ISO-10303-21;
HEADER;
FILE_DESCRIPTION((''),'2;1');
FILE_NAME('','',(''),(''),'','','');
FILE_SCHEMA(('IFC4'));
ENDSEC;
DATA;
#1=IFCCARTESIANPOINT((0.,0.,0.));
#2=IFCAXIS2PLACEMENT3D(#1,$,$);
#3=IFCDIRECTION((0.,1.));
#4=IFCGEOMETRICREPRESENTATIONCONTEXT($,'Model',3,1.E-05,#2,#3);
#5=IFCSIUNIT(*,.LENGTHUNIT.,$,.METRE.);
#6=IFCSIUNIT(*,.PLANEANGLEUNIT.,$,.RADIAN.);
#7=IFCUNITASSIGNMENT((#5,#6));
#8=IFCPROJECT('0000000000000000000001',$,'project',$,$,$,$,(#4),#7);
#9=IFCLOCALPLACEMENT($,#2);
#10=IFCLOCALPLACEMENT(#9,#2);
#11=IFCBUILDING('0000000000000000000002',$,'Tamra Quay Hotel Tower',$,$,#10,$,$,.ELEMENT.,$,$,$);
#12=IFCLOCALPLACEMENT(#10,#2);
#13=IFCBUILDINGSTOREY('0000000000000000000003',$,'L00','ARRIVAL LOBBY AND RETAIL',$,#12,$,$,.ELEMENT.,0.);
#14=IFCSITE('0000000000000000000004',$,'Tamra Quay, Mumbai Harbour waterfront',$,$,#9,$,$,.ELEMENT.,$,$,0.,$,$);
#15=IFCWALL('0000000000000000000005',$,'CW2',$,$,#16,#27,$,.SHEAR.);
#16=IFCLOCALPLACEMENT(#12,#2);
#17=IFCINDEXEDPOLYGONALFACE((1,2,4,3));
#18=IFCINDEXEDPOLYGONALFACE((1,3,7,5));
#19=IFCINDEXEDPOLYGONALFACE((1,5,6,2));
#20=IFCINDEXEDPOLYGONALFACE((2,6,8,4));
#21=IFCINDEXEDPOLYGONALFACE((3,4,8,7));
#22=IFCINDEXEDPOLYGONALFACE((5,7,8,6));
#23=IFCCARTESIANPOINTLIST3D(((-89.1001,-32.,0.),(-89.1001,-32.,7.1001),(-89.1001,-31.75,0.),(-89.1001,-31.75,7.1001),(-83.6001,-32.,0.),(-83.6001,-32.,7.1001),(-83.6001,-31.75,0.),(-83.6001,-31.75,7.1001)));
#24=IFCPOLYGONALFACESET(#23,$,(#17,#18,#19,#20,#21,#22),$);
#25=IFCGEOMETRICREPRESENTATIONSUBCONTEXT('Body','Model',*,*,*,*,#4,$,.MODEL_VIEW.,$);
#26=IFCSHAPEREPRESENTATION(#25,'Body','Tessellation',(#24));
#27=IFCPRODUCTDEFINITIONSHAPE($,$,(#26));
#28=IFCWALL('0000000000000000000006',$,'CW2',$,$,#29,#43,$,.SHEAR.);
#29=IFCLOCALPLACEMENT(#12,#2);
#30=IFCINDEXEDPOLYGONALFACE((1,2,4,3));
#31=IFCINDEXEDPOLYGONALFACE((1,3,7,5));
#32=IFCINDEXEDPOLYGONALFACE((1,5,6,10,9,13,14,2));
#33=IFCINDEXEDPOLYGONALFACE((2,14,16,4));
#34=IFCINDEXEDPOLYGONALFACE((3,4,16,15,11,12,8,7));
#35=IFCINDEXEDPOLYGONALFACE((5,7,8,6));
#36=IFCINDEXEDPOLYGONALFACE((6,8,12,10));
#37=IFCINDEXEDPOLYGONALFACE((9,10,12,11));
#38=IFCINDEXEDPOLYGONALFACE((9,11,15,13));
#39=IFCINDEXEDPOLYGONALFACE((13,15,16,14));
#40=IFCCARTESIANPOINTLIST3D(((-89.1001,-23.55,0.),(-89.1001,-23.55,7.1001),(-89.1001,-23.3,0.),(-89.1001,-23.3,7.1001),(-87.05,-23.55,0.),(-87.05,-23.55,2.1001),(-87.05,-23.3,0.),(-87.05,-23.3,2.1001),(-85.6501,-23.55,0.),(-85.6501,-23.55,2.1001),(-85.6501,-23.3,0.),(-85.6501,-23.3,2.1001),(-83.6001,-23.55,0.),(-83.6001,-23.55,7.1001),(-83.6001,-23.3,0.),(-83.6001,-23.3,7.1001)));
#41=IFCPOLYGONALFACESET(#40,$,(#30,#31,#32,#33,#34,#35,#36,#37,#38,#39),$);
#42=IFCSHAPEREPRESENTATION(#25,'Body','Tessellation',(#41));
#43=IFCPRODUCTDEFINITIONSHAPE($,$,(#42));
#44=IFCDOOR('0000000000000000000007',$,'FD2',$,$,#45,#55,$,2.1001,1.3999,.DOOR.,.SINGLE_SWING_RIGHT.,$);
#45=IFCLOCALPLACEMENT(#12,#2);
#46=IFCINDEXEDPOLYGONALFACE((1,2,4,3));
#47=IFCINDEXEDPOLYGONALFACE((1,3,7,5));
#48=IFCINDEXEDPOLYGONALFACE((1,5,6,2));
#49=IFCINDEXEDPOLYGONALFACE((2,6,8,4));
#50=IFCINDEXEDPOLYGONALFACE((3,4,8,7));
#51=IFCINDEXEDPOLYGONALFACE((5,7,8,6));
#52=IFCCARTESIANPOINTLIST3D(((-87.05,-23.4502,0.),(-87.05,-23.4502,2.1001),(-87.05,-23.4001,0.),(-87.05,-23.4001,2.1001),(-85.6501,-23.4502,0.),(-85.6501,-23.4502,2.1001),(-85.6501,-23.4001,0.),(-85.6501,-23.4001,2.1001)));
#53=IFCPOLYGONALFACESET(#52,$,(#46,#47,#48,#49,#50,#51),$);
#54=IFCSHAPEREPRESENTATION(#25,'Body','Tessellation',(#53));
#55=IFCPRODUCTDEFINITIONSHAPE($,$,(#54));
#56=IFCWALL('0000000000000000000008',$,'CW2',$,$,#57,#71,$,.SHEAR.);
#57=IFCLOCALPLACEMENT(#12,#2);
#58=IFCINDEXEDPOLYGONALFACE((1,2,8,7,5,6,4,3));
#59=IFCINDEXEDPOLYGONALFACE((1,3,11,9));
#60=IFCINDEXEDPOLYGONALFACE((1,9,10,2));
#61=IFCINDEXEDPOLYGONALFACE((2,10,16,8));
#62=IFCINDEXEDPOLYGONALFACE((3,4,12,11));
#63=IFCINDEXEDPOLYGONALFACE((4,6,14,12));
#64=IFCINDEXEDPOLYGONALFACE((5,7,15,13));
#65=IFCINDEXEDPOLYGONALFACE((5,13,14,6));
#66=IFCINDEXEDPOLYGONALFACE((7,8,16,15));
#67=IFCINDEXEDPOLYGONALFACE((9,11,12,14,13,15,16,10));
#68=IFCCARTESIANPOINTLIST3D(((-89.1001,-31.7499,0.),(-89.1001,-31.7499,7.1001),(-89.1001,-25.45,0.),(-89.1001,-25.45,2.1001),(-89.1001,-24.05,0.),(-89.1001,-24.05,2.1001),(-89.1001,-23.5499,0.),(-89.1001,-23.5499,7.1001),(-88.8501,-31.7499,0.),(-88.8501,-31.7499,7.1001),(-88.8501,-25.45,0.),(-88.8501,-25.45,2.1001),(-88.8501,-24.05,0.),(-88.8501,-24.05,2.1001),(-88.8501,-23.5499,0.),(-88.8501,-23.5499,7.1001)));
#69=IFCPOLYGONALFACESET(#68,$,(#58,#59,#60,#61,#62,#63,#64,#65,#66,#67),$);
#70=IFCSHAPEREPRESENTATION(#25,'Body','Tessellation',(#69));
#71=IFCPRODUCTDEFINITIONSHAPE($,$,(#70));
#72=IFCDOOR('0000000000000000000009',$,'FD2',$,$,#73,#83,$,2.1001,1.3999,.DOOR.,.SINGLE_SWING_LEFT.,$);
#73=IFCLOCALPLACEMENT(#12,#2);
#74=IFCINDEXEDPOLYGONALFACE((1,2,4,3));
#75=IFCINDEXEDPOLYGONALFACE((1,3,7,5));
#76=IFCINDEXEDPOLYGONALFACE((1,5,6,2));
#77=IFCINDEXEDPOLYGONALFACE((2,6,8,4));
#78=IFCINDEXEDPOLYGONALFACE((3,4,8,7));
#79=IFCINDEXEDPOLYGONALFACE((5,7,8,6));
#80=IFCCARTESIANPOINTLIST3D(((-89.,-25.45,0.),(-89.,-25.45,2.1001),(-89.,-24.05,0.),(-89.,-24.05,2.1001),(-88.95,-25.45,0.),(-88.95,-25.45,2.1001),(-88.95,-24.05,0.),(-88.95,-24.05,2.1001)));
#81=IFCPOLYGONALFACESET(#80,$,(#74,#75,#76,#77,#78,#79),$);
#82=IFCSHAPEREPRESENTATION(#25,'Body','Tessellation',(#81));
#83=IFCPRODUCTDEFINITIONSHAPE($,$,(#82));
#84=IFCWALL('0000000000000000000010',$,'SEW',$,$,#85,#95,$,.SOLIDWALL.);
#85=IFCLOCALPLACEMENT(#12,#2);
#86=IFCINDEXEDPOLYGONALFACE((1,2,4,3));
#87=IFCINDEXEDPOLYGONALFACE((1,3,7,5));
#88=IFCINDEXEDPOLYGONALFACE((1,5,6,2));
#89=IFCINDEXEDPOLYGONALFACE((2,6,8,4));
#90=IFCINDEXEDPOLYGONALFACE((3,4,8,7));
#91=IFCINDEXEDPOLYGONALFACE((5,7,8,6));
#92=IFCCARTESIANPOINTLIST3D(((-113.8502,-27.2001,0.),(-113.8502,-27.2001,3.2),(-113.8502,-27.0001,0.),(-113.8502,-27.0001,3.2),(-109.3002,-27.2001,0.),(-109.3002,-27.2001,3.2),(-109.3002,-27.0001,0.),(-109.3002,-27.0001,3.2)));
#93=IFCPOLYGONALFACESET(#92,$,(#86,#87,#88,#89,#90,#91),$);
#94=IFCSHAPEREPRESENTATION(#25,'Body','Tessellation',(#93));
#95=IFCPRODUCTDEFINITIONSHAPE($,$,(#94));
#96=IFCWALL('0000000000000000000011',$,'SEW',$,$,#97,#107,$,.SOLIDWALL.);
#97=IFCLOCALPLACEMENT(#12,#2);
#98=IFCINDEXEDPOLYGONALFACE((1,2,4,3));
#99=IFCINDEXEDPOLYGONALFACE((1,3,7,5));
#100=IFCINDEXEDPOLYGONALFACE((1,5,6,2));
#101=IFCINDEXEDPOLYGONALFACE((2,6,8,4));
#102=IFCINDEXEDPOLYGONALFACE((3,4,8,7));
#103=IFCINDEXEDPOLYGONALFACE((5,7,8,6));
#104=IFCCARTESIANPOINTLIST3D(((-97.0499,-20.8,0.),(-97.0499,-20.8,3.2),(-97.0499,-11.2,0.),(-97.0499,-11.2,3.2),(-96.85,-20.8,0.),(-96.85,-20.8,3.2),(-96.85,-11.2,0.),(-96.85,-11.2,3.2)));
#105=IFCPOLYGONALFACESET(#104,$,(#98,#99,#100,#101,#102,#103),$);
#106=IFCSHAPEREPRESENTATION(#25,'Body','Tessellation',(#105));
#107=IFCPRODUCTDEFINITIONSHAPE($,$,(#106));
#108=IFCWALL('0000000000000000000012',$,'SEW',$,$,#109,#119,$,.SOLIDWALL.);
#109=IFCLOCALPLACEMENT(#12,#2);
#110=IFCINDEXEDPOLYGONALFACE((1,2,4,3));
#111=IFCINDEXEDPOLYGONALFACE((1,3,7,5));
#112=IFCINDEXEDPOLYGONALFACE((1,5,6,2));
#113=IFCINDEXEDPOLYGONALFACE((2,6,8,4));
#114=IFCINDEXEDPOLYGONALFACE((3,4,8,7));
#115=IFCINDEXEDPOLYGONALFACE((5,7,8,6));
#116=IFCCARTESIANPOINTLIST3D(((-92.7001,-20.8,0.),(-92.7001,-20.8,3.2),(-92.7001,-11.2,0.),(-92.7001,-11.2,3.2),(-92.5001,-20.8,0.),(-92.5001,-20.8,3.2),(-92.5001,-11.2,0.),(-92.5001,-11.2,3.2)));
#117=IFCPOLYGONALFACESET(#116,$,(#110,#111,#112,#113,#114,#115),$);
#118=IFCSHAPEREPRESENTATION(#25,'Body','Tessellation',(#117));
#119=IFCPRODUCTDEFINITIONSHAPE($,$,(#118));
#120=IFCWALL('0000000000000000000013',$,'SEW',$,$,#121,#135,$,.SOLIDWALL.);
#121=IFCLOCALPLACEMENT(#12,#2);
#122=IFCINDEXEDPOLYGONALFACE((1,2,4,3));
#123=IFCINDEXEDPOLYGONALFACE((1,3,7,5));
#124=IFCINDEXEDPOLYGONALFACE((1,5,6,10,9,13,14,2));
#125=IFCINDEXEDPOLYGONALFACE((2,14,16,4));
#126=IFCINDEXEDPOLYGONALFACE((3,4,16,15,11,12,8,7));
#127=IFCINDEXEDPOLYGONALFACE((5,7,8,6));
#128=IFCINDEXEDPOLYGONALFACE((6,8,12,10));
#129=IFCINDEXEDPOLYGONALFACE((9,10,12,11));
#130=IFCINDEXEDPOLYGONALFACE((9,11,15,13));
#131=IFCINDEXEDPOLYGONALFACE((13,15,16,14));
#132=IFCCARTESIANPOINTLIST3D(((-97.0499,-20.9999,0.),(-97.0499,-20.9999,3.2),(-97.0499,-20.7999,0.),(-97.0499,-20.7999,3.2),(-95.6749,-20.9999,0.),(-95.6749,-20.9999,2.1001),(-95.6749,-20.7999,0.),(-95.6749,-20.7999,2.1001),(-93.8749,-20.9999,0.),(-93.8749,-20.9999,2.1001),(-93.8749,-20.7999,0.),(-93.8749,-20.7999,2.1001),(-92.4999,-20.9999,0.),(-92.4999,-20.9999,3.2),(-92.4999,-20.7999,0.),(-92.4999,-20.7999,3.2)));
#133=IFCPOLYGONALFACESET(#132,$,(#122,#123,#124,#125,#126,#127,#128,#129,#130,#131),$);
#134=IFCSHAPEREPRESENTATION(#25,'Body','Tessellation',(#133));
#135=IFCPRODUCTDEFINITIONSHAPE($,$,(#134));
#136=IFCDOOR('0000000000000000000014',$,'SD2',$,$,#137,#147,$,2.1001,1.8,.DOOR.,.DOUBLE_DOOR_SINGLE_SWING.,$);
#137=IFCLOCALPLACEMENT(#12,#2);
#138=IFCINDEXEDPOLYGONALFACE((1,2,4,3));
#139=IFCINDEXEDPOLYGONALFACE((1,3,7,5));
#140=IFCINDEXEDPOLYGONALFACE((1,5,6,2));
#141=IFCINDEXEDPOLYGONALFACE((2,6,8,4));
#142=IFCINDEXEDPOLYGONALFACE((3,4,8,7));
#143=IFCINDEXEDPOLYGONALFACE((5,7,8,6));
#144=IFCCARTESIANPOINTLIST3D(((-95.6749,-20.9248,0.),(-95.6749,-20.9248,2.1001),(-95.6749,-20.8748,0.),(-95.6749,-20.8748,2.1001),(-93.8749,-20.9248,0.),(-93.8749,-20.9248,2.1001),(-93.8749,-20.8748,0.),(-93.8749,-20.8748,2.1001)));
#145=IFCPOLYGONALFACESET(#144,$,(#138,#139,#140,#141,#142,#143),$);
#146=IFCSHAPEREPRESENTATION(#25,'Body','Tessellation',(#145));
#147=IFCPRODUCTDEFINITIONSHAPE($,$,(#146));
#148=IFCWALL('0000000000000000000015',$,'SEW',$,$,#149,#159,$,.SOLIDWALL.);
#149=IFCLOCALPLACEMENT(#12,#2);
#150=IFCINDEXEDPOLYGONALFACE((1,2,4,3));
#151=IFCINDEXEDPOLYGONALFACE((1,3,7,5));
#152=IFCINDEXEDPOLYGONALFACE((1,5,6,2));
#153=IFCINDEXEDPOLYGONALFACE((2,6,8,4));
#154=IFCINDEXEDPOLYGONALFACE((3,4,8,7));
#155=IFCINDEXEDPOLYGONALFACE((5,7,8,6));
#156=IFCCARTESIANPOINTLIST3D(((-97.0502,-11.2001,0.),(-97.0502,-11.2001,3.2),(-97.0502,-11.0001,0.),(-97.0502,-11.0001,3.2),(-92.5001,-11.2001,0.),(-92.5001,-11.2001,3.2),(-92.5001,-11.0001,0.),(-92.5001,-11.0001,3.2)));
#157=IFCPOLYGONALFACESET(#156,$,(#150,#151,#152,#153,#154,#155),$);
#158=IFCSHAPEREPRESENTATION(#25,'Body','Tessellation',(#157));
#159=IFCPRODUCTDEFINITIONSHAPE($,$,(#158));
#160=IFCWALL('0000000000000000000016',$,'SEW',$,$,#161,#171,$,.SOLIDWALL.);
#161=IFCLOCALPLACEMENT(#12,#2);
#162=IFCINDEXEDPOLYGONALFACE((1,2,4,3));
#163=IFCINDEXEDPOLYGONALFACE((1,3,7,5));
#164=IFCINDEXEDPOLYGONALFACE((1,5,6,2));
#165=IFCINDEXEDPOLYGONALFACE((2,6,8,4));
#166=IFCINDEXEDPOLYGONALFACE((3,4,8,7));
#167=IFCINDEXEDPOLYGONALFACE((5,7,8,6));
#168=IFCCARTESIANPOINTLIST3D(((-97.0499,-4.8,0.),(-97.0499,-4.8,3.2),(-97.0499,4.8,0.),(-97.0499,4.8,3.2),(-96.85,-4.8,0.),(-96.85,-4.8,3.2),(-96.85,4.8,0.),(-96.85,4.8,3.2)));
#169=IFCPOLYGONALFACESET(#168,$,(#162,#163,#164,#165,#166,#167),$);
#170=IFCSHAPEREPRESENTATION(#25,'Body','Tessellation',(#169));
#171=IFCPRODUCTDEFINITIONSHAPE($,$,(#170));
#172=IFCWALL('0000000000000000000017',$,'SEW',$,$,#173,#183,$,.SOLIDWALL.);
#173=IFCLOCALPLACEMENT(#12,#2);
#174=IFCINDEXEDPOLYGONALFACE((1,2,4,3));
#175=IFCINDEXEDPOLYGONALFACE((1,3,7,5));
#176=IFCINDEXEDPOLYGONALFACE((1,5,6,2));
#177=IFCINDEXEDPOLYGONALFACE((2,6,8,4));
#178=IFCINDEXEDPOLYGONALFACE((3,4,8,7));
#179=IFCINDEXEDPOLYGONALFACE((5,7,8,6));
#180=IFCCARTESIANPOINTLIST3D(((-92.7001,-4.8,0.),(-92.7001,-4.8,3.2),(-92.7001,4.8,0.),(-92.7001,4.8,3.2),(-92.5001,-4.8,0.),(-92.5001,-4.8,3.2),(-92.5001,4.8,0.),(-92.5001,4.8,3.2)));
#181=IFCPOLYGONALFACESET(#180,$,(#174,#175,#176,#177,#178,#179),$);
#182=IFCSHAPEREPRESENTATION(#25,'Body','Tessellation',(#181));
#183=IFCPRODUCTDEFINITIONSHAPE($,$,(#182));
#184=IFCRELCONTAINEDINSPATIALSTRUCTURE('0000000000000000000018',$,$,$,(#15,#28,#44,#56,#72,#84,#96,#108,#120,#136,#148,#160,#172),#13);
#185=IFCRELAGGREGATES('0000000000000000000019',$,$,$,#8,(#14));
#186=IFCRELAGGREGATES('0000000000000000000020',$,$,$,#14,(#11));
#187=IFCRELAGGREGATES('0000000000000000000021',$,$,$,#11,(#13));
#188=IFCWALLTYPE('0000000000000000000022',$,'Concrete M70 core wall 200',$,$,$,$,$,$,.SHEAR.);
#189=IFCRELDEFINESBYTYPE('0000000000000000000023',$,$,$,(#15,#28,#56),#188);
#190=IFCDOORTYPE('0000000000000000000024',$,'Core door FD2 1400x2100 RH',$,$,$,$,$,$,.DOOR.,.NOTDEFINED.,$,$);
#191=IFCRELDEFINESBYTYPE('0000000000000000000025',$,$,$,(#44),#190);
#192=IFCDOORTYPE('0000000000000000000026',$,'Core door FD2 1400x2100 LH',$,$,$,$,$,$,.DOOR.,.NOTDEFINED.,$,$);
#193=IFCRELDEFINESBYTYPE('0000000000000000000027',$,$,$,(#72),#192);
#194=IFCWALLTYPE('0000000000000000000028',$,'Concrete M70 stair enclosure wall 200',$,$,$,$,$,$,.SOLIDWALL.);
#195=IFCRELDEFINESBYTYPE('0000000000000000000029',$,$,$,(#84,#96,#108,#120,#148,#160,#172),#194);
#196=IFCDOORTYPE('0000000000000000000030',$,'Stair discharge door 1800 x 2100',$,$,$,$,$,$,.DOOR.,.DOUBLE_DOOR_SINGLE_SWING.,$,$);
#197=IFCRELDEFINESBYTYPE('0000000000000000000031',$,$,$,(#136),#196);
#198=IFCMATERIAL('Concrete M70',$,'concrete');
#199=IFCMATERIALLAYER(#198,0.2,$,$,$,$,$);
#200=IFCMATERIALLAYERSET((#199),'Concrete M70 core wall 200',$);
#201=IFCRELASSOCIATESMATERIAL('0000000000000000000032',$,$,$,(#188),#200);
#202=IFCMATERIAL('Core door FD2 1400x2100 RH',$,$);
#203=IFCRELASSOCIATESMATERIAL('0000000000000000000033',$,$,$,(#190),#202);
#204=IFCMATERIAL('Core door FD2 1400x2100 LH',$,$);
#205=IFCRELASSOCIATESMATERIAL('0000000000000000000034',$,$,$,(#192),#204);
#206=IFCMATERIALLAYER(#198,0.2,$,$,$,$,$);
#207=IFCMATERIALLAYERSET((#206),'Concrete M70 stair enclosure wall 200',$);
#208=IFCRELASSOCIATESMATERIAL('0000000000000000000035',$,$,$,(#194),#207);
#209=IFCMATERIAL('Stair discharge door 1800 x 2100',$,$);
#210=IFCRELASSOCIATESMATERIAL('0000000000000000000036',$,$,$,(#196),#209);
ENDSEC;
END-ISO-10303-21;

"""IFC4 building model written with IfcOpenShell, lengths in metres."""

from ifc_helpers import new_model, si_unit, direction, frame, frame_2d, origin, place, context, subcontext, project, spatial, rectangle, extrude, material, layer, layer_set, type_object, element, fill, save


model = new_model("IFC4")

# Units and contexts
model_context = context("Model", 3, precision=1e-05, world=origin(), true_north=direction((0.0, 1.0)))
body_context = subcontext(model_context, "Body", "Model", "MODEL_VIEW")
ifc_project = project(units=[si_unit("LENGTHUNIT", "METRE"), si_unit("PLANEANGLEUNIT", "RADIAN")], contexts=[model_context])

# Site, building, storey
site_placement = place(None, origin())
site = spatial("IfcSite", under=ifc_project, at=site_placement, Name="Tamra Quay, Mumbai Harbour waterfront", CompositionType="ELEMENT", RefElevation=0.0)
building_placement = place(site_placement, origin())
building = spatial("IfcBuilding", under=site, at=building_placement, Name="Tamra Quay Hotel Tower", CompositionType="ELEMENT")
storey_placement = place(building_placement, origin())
storey = spatial("IfcBuildingStorey", under=building, at=storey_placement, Name="L00", Description="ARRIVAL LOBBY AND RETAIL", CompositionType="ELEMENT", Elevation=0.0)

# Wall
ifc_material_1 = material(Name="Concrete M70", Category="concrete")
ifc_layer_1 = layer(ifc_material_1, 0.2)
ifc_layer_set_1 = layer_set([ifc_layer_1], Name="Concrete M70 core wall 200")
wall_type_1 = type_object("IfcWallType", Name="Concrete M70 core wall 200", PredefinedType="SHEAR", material=ifc_layer_set_1)
wall_1_placement = place(storey_placement, frame((-89.1001, -31.875, 0.0), z_axis=(0.0, 0.0, 1.0), x_axis=(1.0, 0.0, 0.0)))
element("IfcWall", 1, at=wall_1_placement, inside=storey, type_object=wall_type_1, Name="CW2", PredefinedType="SHEAR", context=body_context, shape_type="SweptSolid", body=[
    extrude(rectangle(XDim=5.5, YDim=0.25, at=frame_2d((2.75, 0.0))), origin(), (0.0, 0.0, 1.0), 7.1001),
])

# Walls, openings, doors
wall_2_placement = place(storey_placement, frame((-89.1001, -23.425, 0.0), z_axis=(0.0, 0.0, 1.0), x_axis=(1.0, 0.0, 0.0)))
wall_2 = element("IfcWall", 2, at=wall_2_placement, inside=storey, type_object=wall_type_1, Name="CW2", PredefinedType="SHEAR", context=body_context, shape_type="SweptSolid", body=[
    extrude(rectangle(XDim=5.5, YDim=0.25, at=frame_2d((2.75, 0.0))), origin(), (0.0, 0.0, 1.0), 7.1001),
])
opening_1_placement = place(wall_2_placement, frame((2.05, 0.0, 0.0)))
opening_1 = element("IfcOpeningElement", 3, at=opening_1_placement, cuts=wall_2, PredefinedType="OPENING", context=body_context, shape_type="SweptSolid", body=[
    extrude(rectangle(XDim=1.3999, YDim=2.1001, at=frame_2d((0.7, 1.05))), frame((0.0, 0.135, 0.0), z_axis=(0.0, -1.0, 0.0), x_axis=(1.0, 0.0, 0.0)), (0.0, 0.0, 1.0), 0.27),
])
ifc_material_2 = material(Name="Core door FD2 1400x2100 RH")
door_type_1 = type_object("IfcDoorType", Name="Core door FD2 1400x2100 RH", OperationType="NOTDEFINED", PredefinedType="DOOR", material=ifc_material_2)
door_1_placement = place(opening_1_placement, origin())
door_1 = element("IfcDoor", 4, at=door_1_placement, inside=storey, type_object=door_type_1, Name="FD2", OperationType="SINGLE_SWING_RIGHT", OverallHeight=2.1001, OverallWidth=1.3999, PredefinedType="DOOR", context=body_context, shape_type="SweptSolid", body=[
    extrude(rectangle(XDim=1.3999, YDim=2.1001, at=frame_2d((0.7, 1.05))), frame((0.0, 0.0249, 0.0), z_axis=(0.0, -1.0, 0.0), x_axis=(1.0, 0.0, 0.0)), (0.0, 0.0, 1.0), 0.05),
])
fill(opening_1, door_1)
wall_3_placement = place(storey_placement, frame((-88.9751, -31.75, 0.0), z_axis=(0.0, 0.0, 1.0), x_axis=(0.0, 1.0, 0.0)))
wall_3 = element("IfcWall", 5, at=wall_3_placement, inside=storey, type_object=wall_type_1, Name="CW2", PredefinedType="SHEAR", context=body_context, shape_type="SweptSolid", body=[
    extrude(rectangle(XDim=8.2, YDim=0.25, at=frame_2d((4.1001, 0.0))), origin(), (0.0, 0.0, 1.0), 7.1001),
])
opening_2_placement = place(wall_3_placement, frame((6.3, 0.0, 0.0)))
opening_2 = element("IfcOpeningElement", 6, at=opening_2_placement, cuts=wall_3, PredefinedType="OPENING", context=body_context, shape_type="SweptSolid", body=[
    extrude(rectangle(XDim=1.3999, YDim=2.1001, at=frame_2d((0.7, 1.05))), frame((0.0, 0.135, 0.0), z_axis=(0.0, -1.0, 0.0), x_axis=(1.0, 0.0, 0.0)), (0.0, 0.0, 1.0), 0.27),
])
ifc_material_3 = material(Name="Core door FD2 1400x2100 LH")
door_type_2 = type_object("IfcDoorType", Name="Core door FD2 1400x2100 LH", OperationType="NOTDEFINED", PredefinedType="DOOR", material=ifc_material_3)
door_2_placement = place(opening_2_placement, origin())
door_2 = element("IfcDoor", 7, at=door_2_placement, inside=storey, type_object=door_type_2, Name="FD2", OperationType="SINGLE_SWING_LEFT", OverallHeight=2.1001, OverallWidth=1.3999, PredefinedType="DOOR", context=body_context, shape_type="SweptSolid", body=[
    extrude(rectangle(XDim=1.3999, YDim=2.1001, at=frame_2d((0.7, 1.05))), frame((0.0, 0.0249, 0.0), z_axis=(0.0, -1.0, 0.0), x_axis=(1.0, 0.0, 0.0)), (0.0, 0.0, 1.0), 0.05),
])
fill(opening_2, door_2)

# Walls
ifc_layer_2 = layer(ifc_material_1, 0.2)
ifc_layer_set_2 = layer_set([ifc_layer_2], Name="Concrete M70 stair enclosure wall 200")
wall_type_2 = type_object("IfcWallType", Name="Concrete M70 stair enclosure wall 200", PredefinedType="SOLIDWALL", material=ifc_layer_set_2)
wall_4_placement = place(storey_placement, frame((-113.8501, -27.1001, 0.0), z_axis=(0.0, 0.0, 1.0), x_axis=(1.0, 0.0, 0.0)))
element("IfcWall", 8, at=wall_4_placement, inside=storey, type_object=wall_type_2, Name="SEW", PredefinedType="SOLIDWALL", context=body_context, shape_type="SweptSolid", body=[
    extrude(rectangle(XDim=4.55, YDim=0.2, at=frame_2d((2.2749, 0.0))), origin(), (0.0, 0.0, 1.0), 3.2),
])
for number, where, z_axis, x_axis, name in (
    (9, (-96.95, -20.8, 0.0), (0.0, 0.0, 1.0), (0.0, 1.0, 0.0), "SEW"),
    (10, (-92.6001, -20.8, 0.0), (0.0, 0.0, 1.0), (0.0, 1.0, 0.0), "SEW"),
):
    element("IfcWall", number, at=place(storey_placement, frame(where, z_axis=z_axis, x_axis=x_axis)), inside=storey, type_object=wall_type_2, Name=name, PredefinedType="SOLIDWALL", context=body_context, shape_type="SweptSolid", body=[
        extrude(rectangle(XDim=9.6001, YDim=0.2, at=frame_2d((4.8, 0.0))), origin(), (0.0, 0.0, 1.0), 3.2),
    ])

# Wall, opening, door
wall_5_placement = place(storey_placement, frame((-92.5, -20.8999, 0.0), z_axis=(0.0, 0.0, 1.0), x_axis=(-1.0, 0.0, 0.0)))
wall_5 = element("IfcWall", 11, at=wall_5_placement, inside=storey, type_object=wall_type_2, Name="SEW", PredefinedType="SOLIDWALL", context=body_context, shape_type="SweptSolid", body=[
    extrude(rectangle(XDim=4.55, YDim=0.2, at=frame_2d((2.2749, 0.0))), origin(), (0.0, 0.0, 1.0), 3.2),
])
opening_3_placement = place(wall_5_placement, frame((1.375, 0.0, 0.0)))
opening_3 = element("IfcOpeningElement", 12, at=opening_3_placement, cuts=wall_5, PredefinedType="OPENING", context=body_context, shape_type="SweptSolid", body=[
    extrude(rectangle(XDim=1.8, YDim=2.1001, at=frame_2d((0.8999, 1.05))), frame((0.0, 0.1099, 0.0), z_axis=(0.0, -1.0, 0.0), x_axis=(1.0, 0.0, 0.0)), (0.0, 0.0, 1.0), 0.22),
])
ifc_material_4 = material(Name="Stair discharge door 1800 x 2100")
door_type_3 = type_object("IfcDoorType", Name="Stair discharge door 1800 x 2100", OperationType="DOUBLE_DOOR_SINGLE_SWING", PredefinedType="DOOR", material=ifc_material_4)
door_3_placement = place(opening_3_placement, origin())
door_3 = element("IfcDoor", 13, at=door_3_placement, inside=storey, type_object=door_type_3, Name="SD2", OperationType="DOUBLE_DOOR_SINGLE_SWING", OverallHeight=2.1001, OverallWidth=1.8, PredefinedType="DOOR", context=body_context, shape_type="SweptSolid", body=[
    extrude(rectangle(XDim=1.8, YDim=2.1001, at=frame_2d((0.8999, 1.05))), frame((0.0, 0.0249, 0.0), z_axis=(0.0, -1.0, 0.0), x_axis=(1.0, 0.0, 0.0)), (0.0, 0.0, 1.0), 0.05),
])
fill(opening_3, door_3)

# Walls
wall_6_placement = place(storey_placement, frame((-97.05, -11.1001, 0.0), z_axis=(0.0, 0.0, 1.0), x_axis=(1.0, 0.0, 0.0)))
element("IfcWall", 14, at=wall_6_placement, inside=storey, type_object=wall_type_2, Name="SEW", PredefinedType="SOLIDWALL", context=body_context, shape_type="SweptSolid", body=[
    extrude(rectangle(XDim=4.55, YDim=0.2, at=frame_2d((2.2749, 0.0))), origin(), (0.0, 0.0, 1.0), 3.2),
])
for number, where, z_axis, x_axis, name in (
    (15, (-96.95, -4.8, 0.0), (0.0, 0.0, 1.0), (0.0, 1.0, 0.0), "SEW"),
    (16, (-92.6001, -4.8, 0.0), (0.0, 0.0, 1.0), (0.0, 1.0, 0.0), "SEW"),
):
    element("IfcWall", number, at=place(storey_placement, frame(where, z_axis=z_axis, x_axis=x_axis)), inside=storey, type_object=wall_type_2, Name=name, PredefinedType="SOLIDWALL", context=body_context, shape_type="SweptSolid", body=[
        extrude(rectangle(XDim=9.6001, YDim=0.2, at=frame_2d((4.8, 0.0))), origin(), (0.0, 0.0, 1.0), 3.2),
    ])

save(model, "model.ifc")
